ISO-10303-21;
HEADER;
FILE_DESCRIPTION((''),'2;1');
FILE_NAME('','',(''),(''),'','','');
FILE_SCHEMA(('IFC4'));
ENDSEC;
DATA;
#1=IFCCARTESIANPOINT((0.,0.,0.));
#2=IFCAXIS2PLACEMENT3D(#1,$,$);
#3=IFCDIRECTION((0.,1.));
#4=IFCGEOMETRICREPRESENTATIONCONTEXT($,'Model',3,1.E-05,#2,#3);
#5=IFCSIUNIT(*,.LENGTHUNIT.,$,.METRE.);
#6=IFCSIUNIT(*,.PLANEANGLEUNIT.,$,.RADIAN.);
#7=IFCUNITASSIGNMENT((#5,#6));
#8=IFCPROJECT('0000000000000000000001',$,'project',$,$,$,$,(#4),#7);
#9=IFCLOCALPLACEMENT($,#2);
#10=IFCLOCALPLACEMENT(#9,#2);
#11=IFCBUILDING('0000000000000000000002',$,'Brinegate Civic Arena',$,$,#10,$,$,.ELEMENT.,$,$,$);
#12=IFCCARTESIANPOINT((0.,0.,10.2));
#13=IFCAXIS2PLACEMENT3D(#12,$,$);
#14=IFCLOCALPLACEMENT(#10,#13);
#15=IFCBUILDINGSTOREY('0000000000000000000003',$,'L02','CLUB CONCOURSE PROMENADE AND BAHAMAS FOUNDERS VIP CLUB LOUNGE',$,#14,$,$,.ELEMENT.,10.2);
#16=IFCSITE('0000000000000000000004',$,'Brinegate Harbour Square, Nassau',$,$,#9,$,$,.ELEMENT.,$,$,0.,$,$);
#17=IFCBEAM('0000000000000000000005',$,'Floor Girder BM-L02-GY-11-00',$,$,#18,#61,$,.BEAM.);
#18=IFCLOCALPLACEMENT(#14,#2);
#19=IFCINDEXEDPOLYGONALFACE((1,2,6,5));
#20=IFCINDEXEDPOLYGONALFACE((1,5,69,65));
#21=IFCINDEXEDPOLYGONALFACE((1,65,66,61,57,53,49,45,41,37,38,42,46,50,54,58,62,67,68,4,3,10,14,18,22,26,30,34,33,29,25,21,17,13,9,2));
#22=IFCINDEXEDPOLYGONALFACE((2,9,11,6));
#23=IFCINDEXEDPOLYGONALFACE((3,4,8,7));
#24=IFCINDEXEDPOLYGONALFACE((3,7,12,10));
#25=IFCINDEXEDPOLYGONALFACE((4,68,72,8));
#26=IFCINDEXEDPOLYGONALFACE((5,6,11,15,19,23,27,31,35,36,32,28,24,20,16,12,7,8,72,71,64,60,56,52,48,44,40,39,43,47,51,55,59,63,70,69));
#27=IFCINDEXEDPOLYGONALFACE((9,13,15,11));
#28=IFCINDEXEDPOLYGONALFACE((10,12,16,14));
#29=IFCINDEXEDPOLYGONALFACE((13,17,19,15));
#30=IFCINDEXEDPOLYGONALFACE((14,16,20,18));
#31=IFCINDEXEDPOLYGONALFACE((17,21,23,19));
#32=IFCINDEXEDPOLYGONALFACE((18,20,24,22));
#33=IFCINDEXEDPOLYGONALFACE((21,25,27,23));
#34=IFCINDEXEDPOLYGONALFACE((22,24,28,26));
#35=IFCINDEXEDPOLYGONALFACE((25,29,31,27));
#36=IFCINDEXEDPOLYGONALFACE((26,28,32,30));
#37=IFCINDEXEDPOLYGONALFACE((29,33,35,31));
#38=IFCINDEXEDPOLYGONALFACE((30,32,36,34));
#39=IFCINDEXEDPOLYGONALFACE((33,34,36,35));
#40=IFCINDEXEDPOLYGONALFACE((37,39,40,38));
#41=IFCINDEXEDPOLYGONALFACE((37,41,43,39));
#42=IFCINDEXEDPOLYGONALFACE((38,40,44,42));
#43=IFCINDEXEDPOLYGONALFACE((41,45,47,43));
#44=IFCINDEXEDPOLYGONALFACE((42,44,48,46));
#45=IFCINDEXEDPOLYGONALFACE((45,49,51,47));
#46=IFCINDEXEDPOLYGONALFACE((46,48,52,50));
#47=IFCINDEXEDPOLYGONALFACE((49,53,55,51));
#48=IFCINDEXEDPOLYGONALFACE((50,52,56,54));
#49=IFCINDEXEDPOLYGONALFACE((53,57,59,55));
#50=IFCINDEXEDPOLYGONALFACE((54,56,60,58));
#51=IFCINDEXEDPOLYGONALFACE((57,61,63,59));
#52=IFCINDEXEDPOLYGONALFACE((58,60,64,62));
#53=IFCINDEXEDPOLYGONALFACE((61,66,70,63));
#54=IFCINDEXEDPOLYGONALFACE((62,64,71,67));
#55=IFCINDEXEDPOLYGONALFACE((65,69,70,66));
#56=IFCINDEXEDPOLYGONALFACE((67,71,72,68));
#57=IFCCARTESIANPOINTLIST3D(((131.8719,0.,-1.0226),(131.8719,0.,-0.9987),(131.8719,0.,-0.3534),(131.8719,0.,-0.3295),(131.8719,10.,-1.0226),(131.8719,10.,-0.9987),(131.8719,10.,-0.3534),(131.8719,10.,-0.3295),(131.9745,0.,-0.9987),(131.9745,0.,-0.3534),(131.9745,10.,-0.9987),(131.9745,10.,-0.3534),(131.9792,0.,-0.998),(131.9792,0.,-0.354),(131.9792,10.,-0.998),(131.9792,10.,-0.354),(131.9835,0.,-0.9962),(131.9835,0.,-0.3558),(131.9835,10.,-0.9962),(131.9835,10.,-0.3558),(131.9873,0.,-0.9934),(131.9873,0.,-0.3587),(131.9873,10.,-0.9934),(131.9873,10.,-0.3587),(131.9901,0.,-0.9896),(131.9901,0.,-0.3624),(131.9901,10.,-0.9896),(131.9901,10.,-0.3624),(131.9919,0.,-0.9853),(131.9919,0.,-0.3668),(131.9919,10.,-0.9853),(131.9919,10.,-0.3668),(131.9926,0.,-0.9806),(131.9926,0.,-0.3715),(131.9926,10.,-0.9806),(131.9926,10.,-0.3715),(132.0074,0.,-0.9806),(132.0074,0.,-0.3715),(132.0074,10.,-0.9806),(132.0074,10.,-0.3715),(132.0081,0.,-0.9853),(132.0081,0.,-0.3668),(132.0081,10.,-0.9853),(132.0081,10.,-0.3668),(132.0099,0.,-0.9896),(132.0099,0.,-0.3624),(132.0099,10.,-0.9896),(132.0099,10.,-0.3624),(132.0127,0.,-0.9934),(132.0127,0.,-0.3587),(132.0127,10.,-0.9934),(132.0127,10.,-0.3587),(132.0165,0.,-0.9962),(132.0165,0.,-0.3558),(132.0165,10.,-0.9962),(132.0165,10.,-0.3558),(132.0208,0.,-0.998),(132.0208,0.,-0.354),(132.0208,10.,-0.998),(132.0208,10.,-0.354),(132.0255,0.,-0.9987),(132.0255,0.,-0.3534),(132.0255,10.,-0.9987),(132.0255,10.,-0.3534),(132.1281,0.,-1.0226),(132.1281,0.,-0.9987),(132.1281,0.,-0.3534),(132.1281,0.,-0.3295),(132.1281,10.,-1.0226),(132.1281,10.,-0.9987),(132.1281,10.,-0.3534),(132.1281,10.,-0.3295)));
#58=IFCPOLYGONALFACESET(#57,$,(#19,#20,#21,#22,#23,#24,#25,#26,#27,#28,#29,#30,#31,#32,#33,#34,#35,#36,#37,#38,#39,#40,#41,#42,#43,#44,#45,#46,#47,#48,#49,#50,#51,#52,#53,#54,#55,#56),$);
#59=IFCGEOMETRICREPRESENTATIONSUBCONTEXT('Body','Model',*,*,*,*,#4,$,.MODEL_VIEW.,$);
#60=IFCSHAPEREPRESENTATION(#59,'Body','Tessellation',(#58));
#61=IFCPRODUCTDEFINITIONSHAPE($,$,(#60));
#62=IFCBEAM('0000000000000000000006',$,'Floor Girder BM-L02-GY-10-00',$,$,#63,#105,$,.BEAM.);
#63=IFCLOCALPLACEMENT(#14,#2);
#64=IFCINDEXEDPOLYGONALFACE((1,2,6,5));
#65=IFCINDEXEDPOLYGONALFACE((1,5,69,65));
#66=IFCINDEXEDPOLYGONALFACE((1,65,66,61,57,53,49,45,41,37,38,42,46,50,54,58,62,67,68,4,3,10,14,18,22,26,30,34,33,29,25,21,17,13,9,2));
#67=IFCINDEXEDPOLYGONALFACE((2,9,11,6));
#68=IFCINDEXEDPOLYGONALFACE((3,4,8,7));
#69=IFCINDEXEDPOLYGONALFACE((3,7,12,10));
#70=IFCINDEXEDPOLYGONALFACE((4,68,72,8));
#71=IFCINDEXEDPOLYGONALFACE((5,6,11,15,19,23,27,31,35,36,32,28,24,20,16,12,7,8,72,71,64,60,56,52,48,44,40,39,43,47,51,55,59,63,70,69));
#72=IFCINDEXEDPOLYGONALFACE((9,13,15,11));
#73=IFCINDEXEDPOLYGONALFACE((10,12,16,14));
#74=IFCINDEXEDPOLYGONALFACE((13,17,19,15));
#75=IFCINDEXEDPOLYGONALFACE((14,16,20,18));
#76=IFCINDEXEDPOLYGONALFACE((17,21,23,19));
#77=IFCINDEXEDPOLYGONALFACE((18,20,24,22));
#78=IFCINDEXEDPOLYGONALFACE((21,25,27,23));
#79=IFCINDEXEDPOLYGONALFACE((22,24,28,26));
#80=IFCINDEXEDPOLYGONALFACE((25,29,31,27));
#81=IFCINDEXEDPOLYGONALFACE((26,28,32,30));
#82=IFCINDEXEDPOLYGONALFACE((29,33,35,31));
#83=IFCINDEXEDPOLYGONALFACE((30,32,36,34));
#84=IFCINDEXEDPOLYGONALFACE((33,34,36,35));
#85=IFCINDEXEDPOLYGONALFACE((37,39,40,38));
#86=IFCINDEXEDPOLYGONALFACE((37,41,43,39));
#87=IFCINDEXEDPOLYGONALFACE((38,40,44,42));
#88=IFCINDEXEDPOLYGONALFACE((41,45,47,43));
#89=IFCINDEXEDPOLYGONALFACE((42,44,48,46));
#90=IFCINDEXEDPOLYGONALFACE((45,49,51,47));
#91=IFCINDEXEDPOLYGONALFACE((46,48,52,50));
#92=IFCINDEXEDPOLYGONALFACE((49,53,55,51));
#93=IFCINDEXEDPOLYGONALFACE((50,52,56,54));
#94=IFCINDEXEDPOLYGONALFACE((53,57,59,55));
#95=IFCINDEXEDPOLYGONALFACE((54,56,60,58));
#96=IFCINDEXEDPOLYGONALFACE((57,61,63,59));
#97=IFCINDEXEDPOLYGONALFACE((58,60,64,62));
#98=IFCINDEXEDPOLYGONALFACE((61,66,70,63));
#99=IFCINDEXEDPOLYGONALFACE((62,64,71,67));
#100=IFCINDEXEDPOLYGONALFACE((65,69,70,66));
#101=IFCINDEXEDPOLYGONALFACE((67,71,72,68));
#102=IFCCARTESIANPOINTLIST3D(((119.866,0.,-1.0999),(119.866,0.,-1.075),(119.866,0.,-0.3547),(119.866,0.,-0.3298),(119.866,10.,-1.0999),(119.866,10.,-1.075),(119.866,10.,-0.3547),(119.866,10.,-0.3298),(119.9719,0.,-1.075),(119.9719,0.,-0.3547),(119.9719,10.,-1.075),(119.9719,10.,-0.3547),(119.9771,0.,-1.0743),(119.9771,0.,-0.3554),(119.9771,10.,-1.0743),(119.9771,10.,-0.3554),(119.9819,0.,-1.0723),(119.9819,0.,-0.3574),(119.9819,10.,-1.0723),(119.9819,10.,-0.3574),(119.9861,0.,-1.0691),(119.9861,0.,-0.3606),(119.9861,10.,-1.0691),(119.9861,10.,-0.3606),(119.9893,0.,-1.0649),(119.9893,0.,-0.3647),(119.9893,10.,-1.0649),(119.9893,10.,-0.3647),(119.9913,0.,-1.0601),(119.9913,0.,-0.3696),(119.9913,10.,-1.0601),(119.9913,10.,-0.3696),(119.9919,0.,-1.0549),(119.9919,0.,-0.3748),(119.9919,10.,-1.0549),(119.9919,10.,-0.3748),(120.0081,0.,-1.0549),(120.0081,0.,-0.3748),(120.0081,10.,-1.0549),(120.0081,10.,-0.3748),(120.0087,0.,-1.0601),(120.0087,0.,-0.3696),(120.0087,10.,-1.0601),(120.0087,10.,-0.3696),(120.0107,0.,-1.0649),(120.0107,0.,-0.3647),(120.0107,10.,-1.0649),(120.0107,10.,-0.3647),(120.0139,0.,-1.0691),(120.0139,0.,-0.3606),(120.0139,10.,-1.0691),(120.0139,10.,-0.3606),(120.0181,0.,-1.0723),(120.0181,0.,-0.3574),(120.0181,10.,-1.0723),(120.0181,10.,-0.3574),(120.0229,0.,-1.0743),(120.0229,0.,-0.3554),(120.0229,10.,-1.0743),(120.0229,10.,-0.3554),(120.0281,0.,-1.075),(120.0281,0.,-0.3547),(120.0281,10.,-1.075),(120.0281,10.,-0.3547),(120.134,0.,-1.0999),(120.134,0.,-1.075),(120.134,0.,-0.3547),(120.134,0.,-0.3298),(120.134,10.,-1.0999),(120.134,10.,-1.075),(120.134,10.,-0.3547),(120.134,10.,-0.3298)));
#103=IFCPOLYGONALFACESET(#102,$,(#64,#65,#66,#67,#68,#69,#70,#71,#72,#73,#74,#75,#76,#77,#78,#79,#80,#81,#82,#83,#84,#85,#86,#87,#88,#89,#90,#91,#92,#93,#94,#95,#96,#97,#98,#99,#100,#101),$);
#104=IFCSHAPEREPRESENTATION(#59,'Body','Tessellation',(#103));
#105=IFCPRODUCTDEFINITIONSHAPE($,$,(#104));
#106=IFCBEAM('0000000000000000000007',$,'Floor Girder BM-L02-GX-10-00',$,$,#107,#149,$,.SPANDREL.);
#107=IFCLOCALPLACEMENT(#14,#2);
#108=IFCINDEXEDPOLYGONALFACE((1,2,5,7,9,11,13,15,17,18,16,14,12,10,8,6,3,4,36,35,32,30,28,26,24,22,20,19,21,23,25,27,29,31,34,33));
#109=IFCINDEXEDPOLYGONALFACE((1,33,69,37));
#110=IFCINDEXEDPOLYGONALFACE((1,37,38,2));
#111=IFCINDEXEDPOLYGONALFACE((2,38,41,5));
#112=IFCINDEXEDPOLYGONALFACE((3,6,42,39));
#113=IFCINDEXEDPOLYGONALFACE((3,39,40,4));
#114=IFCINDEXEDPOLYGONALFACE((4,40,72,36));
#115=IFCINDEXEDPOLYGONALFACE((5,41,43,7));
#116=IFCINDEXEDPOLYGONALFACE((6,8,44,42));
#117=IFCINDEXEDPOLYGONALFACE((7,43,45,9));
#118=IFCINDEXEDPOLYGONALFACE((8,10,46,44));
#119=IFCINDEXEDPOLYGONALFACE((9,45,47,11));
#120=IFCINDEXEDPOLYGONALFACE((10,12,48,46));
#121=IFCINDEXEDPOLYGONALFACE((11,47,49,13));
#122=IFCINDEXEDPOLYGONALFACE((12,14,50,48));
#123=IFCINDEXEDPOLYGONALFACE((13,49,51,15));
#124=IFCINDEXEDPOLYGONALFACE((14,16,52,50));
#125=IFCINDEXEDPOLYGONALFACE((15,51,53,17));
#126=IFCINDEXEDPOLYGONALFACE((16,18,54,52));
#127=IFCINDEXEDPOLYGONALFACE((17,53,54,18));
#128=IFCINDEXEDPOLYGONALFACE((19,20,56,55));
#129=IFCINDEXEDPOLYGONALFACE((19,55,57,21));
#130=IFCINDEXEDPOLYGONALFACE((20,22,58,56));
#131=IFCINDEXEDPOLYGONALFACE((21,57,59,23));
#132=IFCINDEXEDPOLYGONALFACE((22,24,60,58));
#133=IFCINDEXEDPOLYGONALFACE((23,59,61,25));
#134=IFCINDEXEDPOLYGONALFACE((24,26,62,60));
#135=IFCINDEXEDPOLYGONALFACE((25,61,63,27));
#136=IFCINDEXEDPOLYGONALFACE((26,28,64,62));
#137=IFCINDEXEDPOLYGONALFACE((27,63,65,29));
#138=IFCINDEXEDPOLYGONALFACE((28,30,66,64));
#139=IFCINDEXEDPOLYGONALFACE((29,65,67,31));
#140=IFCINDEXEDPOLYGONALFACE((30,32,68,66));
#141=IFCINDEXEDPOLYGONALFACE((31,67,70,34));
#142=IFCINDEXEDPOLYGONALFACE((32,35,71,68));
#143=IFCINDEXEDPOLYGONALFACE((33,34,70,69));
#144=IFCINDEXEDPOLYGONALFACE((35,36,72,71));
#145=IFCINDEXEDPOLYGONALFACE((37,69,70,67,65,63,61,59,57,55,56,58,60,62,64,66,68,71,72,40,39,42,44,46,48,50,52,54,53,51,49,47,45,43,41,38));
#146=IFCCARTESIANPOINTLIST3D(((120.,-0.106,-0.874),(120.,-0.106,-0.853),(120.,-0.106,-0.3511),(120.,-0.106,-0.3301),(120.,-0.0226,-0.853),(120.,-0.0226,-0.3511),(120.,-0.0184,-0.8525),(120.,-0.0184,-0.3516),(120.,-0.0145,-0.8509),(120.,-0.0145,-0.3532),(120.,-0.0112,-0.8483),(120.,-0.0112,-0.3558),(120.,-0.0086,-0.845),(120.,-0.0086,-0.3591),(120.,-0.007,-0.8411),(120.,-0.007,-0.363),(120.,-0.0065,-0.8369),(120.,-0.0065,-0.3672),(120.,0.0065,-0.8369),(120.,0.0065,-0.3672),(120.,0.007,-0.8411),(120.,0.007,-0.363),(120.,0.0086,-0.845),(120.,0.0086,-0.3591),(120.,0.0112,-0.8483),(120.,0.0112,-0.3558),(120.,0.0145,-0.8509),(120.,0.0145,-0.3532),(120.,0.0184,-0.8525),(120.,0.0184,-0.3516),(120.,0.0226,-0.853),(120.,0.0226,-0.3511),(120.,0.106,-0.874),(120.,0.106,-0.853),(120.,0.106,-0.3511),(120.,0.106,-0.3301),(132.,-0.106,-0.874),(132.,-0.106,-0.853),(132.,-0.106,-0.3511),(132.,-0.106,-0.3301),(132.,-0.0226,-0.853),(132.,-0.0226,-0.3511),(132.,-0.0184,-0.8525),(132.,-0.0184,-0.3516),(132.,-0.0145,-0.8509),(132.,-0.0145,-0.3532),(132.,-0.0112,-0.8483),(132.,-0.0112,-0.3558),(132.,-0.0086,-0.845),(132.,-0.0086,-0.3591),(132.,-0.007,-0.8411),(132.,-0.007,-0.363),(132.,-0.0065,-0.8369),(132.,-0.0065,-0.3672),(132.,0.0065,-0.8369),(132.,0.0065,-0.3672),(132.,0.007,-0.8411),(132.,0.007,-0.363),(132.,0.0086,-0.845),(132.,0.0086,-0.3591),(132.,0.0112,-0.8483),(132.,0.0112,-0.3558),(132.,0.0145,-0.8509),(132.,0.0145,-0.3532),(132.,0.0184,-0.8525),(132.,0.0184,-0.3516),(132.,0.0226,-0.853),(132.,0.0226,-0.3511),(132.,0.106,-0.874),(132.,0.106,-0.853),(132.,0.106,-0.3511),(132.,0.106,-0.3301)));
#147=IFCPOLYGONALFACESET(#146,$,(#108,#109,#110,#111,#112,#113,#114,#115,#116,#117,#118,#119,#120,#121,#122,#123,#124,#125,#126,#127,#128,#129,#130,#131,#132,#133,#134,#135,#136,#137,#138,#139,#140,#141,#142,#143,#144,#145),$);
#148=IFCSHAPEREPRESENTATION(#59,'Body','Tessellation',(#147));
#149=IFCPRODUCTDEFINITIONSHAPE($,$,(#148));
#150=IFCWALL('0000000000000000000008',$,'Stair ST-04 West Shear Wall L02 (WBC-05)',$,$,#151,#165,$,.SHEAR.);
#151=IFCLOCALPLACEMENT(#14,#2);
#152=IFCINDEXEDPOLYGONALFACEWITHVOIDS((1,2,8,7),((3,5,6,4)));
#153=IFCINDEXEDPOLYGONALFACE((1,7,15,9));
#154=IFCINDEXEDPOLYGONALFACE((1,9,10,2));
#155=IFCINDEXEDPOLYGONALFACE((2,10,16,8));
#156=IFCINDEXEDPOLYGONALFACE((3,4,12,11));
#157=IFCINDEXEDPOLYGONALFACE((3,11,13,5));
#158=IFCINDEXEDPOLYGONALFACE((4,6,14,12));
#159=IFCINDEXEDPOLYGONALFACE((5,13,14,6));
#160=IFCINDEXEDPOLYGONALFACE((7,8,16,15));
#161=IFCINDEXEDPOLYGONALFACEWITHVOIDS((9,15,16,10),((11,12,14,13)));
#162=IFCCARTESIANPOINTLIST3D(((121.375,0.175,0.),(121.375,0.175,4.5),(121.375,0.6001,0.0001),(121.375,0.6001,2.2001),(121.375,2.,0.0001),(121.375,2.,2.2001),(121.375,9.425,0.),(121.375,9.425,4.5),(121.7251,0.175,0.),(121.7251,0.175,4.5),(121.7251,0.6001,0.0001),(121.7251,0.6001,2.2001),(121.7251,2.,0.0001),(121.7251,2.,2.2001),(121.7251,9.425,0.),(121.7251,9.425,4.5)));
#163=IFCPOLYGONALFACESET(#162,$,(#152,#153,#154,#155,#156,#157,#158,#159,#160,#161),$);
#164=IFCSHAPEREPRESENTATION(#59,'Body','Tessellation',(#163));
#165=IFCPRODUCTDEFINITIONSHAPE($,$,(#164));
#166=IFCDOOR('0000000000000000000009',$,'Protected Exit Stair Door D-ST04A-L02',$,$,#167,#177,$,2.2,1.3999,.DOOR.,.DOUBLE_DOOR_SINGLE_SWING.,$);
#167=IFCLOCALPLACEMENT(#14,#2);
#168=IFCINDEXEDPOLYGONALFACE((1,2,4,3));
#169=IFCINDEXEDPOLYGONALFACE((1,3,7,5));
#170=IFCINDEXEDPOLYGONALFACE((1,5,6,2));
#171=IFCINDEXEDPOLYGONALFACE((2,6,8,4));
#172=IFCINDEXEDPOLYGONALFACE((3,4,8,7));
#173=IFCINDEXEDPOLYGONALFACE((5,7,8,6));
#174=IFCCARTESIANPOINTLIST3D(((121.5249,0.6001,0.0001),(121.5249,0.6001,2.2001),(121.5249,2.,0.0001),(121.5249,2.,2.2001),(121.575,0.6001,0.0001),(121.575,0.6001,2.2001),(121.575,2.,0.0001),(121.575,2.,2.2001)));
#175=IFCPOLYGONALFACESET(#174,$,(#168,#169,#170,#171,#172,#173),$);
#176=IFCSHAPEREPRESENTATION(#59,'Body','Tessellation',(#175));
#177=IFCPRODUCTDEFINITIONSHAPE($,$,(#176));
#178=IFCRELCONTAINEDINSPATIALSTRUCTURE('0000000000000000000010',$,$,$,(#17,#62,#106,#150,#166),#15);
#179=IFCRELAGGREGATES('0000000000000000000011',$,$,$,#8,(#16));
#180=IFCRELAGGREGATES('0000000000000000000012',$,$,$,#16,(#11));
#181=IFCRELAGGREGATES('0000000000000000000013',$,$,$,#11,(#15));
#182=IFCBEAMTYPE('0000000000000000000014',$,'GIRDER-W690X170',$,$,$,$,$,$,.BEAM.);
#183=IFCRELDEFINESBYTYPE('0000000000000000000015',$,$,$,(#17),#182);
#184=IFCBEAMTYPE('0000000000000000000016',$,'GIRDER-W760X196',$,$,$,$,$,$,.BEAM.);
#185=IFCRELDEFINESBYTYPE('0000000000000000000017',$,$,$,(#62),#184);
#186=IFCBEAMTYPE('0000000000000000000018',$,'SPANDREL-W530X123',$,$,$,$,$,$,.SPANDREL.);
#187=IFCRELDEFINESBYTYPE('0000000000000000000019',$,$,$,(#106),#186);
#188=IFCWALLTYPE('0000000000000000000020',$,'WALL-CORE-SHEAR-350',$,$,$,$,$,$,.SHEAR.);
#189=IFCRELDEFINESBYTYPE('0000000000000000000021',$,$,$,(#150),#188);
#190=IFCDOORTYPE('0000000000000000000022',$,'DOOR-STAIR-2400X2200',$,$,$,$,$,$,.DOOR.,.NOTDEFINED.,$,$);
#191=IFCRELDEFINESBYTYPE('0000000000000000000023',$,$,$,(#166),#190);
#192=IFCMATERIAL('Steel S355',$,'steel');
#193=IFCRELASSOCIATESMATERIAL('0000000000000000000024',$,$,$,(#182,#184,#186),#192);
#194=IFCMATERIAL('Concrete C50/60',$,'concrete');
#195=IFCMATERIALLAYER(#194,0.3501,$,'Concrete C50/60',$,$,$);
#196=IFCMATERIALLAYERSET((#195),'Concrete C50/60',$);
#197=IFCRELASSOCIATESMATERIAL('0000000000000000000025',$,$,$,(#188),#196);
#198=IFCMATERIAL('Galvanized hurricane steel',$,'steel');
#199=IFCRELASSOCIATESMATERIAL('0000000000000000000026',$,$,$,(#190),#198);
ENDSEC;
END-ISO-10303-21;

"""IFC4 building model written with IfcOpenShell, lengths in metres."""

from ifc_helpers import new_model, si_unit, direction, frame, frame_2d, origin, origin_2d, place, context, subcontext, project, spatial, rectangle, i_section, extrude, material, layer, layer_set, material_profile, profile_set, type_object, element, fill, save


model = new_model("IFC4")

# Units and contexts
model_context = context("Model", 3, precision=1e-05, world=origin(), true_north=direction((0.0, 1.0)))
body_context = subcontext(model_context, "Body", "Model", "MODEL_VIEW")
ifc_project = project(units=[si_unit("LENGTHUNIT", "METRE"), si_unit("PLANEANGLEUNIT", "RADIAN")], contexts=[model_context])

# Site, building, storey
site_placement = place(None, origin())
site = spatial("IfcSite", under=ifc_project, at=site_placement, Name="Brinegate Harbour Square, Nassau", CompositionType="ELEMENT", RefElevation=0.0)
building_placement = place(site_placement, origin())
building = spatial("IfcBuilding", under=site, at=building_placement, Name="Brinegate Civic Arena", CompositionType="ELEMENT")
storey_placement = place(building_placement, frame((0.0, 0.0, 10.2)))
storey = spatial("IfcBuildingStorey", under=building, at=storey_placement, Name="L02", Description="CLUB CONCOURSE PROMENADE AND BAHAMAS FOUNDERS VIP CLUB LOUNGE", CompositionType="ELEMENT", Elevation=10.2)

# Shared definitions
ifc_material_1 = material(Name="Concrete C50/60", Category="concrete")

# Beams
ifc_material_2 = material(Name="Steel S355", Category="steel")
ifc_material_profile_1 = material_profile(ifc_material_2, i_section(OverallWidth=0.2561, OverallDepth=0.6931, WebThickness=0.0149, FlangeThickness=0.0239, FilletRadius=0.0181, at=origin_2d()), Name="W690X170")
ifc_profile_set_1 = profile_set([ifc_material_profile_1], Name="Steel S355")
beam_type_1 = type_object("IfcBeamType", Name="GIRDER-W690X170", PredefinedType="BEAM", material=ifc_profile_set_1)
beam_1_placement = place(storey_placement, frame((132.0, 0.0, -0.676), z_axis=(0.0, 1.0, 0.0), x_axis=(-1.0, 0.0, 0.0)))
element("IfcBeam", 1, at=beam_1_placement, inside=storey, type_object=beam_type_1, Name="Floor Girder BM-L02-GY-11-00", PredefinedType="BEAM", context=body_context, shape_type="SweptSolid", body=[
    extrude(i_section(OverallWidth=0.2561, OverallDepth=0.6931, WebThickness=0.0149, FlangeThickness=0.0239, FilletRadius=0.0181, at=origin_2d()), origin(), (0.0, 0.0, 1.0), 10.0),
])
ifc_material_profile_2 = material_profile(ifc_material_2, i_section(OverallWidth=0.2681, OverallDepth=0.77, WebThickness=0.0161, FlangeThickness=0.0249, FilletRadius=0.02, at=origin_2d()), Name="W760X196")
ifc_profile_set_2 = profile_set([ifc_material_profile_2], Name="Steel S355")
beam_type_2 = type_object("IfcBeamType", Name="GIRDER-W760X196", PredefinedType="BEAM", material=ifc_profile_set_2)
beam_2_placement = place(storey_placement, frame((120.0, 0.0, -0.7148), z_axis=(0.0, 1.0, 0.0), x_axis=(-1.0, 0.0, 0.0)))
element("IfcBeam", 2, at=beam_2_placement, inside=storey, type_object=beam_type_2, Name="Floor Girder BM-L02-GY-10-00", PredefinedType="BEAM", context=body_context, shape_type="SweptSolid", body=[
    extrude(i_section(OverallWidth=0.2681, OverallDepth=0.77, WebThickness=0.0161, FlangeThickness=0.0249, FilletRadius=0.02, at=origin_2d()), origin(), (0.0, 0.0, 1.0), 10.0),
])
ifc_material_profile_3 = material_profile(ifc_material_2, i_section(OverallWidth=0.2119, OverallDepth=0.5439, WebThickness=0.0129, FlangeThickness=0.021, FilletRadius=0.0161, at=origin_2d()), Name="W530X123")
ifc_profile_set_3 = profile_set([ifc_material_profile_3], Name="Steel S355")
beam_type_3 = type_object("IfcBeamType", Name="SPANDREL-W530X123", PredefinedType="SPANDREL", material=ifc_profile_set_3)
beam_3_placement = place(storey_placement, frame((120.0, 0.0, -0.6021), z_axis=(1.0, 0.0, 0.0), x_axis=(0.0, 1.0, 0.0)))
element("IfcBeam", 3, at=beam_3_placement, inside=storey, type_object=beam_type_3, Name="Floor Girder BM-L02-GX-10-00", PredefinedType="SPANDREL", context=body_context, shape_type="SweptSolid", body=[
    extrude(i_section(OverallWidth=0.2119, OverallDepth=0.5439, WebThickness=0.0129, FlangeThickness=0.021, FilletRadius=0.0161, at=origin_2d()), origin(), (0.0, 0.0, 1.0), 12.0),
])

# Wall, opening, door
ifc_layer_1 = layer(ifc_material_1, 0.3501, Name="Concrete C50/60")
ifc_layer_set_1 = layer_set([ifc_layer_1], Name="Concrete C50/60")
wall_type_1 = type_object("IfcWallType", Name="WALL-CORE-SHEAR-350", PredefinedType="SHEAR", material=ifc_layer_set_1)
wall_1_placement = place(storey_placement, frame((121.55, 0.175, 0.0), z_axis=(0.0, 0.0, 1.0), x_axis=(0.0, 1.0, 0.0)))
wall_1 = element("IfcWall", 4, at=wall_1_placement, inside=storey, type_object=wall_type_1, Name="Stair ST-04 West Shear Wall L02 (WBC-05)", PredefinedType="SHEAR", context=body_context, shape_type="SweptSolid", body=[
    extrude(rectangle(XDim=9.25, YDim=0.3501, at=frame_2d((4.625, 0.0))), origin(), (0.0, 0.0, 1.0), 4.5),
])
opening_1_placement = place(wall_1_placement, frame((0.425, 0.0, 0.0)))
opening_1 = element("IfcOpeningElement", 5, at=opening_1_placement, cuts=wall_1, PredefinedType="OPENING", context=body_context, shape_type="SweptSolid", body=[
    extrude(rectangle(XDim=1.3999, YDim=2.2, at=frame_2d((0.7, 1.1001))), frame((0.0, 0.1851, 0.0), z_axis=(0.0, -1.0, 0.0), x_axis=(1.0, 0.0, 0.0)), (0.0, 0.0, 1.0), 0.3701),
])
ifc_material_3 = material(Name="Galvanized hurricane steel", Category="steel")
door_type_1 = type_object("IfcDoorType", Name="DOOR-STAIR-2400X2200", OperationType="NOTDEFINED", PredefinedType="DOOR", material=ifc_material_3)
door_1_placement = place(opening_1_placement, frame((1.3999, 0.0, 0.0), z_axis=(0.0, 0.0, 1.0), x_axis=(-1.0, 0.0, 0.0)))
door_1 = element("IfcDoor", 6, at=door_1_placement, inside=storey, type_object=door_type_1, Name="Protected Exit Stair Door D-ST04A-L02", OperationType="DOUBLE_DOOR_SINGLE_SWING", OverallHeight=2.2, OverallWidth=1.3999, PredefinedType="DOOR", context=body_context, shape_type="SweptSolid", body=[
    extrude(rectangle(XDim=1.3999, YDim=2.2, at=frame_2d((0.7, 1.1001))), frame((0.0, 0.0249, 0.0), z_axis=(0.0, -1.0, 0.0), x_axis=(1.0, 0.0, 0.0)), (0.0, 0.0, 1.0), 0.05),
])
fill(opening_1, door_1)

save(model, "model.ifc")
